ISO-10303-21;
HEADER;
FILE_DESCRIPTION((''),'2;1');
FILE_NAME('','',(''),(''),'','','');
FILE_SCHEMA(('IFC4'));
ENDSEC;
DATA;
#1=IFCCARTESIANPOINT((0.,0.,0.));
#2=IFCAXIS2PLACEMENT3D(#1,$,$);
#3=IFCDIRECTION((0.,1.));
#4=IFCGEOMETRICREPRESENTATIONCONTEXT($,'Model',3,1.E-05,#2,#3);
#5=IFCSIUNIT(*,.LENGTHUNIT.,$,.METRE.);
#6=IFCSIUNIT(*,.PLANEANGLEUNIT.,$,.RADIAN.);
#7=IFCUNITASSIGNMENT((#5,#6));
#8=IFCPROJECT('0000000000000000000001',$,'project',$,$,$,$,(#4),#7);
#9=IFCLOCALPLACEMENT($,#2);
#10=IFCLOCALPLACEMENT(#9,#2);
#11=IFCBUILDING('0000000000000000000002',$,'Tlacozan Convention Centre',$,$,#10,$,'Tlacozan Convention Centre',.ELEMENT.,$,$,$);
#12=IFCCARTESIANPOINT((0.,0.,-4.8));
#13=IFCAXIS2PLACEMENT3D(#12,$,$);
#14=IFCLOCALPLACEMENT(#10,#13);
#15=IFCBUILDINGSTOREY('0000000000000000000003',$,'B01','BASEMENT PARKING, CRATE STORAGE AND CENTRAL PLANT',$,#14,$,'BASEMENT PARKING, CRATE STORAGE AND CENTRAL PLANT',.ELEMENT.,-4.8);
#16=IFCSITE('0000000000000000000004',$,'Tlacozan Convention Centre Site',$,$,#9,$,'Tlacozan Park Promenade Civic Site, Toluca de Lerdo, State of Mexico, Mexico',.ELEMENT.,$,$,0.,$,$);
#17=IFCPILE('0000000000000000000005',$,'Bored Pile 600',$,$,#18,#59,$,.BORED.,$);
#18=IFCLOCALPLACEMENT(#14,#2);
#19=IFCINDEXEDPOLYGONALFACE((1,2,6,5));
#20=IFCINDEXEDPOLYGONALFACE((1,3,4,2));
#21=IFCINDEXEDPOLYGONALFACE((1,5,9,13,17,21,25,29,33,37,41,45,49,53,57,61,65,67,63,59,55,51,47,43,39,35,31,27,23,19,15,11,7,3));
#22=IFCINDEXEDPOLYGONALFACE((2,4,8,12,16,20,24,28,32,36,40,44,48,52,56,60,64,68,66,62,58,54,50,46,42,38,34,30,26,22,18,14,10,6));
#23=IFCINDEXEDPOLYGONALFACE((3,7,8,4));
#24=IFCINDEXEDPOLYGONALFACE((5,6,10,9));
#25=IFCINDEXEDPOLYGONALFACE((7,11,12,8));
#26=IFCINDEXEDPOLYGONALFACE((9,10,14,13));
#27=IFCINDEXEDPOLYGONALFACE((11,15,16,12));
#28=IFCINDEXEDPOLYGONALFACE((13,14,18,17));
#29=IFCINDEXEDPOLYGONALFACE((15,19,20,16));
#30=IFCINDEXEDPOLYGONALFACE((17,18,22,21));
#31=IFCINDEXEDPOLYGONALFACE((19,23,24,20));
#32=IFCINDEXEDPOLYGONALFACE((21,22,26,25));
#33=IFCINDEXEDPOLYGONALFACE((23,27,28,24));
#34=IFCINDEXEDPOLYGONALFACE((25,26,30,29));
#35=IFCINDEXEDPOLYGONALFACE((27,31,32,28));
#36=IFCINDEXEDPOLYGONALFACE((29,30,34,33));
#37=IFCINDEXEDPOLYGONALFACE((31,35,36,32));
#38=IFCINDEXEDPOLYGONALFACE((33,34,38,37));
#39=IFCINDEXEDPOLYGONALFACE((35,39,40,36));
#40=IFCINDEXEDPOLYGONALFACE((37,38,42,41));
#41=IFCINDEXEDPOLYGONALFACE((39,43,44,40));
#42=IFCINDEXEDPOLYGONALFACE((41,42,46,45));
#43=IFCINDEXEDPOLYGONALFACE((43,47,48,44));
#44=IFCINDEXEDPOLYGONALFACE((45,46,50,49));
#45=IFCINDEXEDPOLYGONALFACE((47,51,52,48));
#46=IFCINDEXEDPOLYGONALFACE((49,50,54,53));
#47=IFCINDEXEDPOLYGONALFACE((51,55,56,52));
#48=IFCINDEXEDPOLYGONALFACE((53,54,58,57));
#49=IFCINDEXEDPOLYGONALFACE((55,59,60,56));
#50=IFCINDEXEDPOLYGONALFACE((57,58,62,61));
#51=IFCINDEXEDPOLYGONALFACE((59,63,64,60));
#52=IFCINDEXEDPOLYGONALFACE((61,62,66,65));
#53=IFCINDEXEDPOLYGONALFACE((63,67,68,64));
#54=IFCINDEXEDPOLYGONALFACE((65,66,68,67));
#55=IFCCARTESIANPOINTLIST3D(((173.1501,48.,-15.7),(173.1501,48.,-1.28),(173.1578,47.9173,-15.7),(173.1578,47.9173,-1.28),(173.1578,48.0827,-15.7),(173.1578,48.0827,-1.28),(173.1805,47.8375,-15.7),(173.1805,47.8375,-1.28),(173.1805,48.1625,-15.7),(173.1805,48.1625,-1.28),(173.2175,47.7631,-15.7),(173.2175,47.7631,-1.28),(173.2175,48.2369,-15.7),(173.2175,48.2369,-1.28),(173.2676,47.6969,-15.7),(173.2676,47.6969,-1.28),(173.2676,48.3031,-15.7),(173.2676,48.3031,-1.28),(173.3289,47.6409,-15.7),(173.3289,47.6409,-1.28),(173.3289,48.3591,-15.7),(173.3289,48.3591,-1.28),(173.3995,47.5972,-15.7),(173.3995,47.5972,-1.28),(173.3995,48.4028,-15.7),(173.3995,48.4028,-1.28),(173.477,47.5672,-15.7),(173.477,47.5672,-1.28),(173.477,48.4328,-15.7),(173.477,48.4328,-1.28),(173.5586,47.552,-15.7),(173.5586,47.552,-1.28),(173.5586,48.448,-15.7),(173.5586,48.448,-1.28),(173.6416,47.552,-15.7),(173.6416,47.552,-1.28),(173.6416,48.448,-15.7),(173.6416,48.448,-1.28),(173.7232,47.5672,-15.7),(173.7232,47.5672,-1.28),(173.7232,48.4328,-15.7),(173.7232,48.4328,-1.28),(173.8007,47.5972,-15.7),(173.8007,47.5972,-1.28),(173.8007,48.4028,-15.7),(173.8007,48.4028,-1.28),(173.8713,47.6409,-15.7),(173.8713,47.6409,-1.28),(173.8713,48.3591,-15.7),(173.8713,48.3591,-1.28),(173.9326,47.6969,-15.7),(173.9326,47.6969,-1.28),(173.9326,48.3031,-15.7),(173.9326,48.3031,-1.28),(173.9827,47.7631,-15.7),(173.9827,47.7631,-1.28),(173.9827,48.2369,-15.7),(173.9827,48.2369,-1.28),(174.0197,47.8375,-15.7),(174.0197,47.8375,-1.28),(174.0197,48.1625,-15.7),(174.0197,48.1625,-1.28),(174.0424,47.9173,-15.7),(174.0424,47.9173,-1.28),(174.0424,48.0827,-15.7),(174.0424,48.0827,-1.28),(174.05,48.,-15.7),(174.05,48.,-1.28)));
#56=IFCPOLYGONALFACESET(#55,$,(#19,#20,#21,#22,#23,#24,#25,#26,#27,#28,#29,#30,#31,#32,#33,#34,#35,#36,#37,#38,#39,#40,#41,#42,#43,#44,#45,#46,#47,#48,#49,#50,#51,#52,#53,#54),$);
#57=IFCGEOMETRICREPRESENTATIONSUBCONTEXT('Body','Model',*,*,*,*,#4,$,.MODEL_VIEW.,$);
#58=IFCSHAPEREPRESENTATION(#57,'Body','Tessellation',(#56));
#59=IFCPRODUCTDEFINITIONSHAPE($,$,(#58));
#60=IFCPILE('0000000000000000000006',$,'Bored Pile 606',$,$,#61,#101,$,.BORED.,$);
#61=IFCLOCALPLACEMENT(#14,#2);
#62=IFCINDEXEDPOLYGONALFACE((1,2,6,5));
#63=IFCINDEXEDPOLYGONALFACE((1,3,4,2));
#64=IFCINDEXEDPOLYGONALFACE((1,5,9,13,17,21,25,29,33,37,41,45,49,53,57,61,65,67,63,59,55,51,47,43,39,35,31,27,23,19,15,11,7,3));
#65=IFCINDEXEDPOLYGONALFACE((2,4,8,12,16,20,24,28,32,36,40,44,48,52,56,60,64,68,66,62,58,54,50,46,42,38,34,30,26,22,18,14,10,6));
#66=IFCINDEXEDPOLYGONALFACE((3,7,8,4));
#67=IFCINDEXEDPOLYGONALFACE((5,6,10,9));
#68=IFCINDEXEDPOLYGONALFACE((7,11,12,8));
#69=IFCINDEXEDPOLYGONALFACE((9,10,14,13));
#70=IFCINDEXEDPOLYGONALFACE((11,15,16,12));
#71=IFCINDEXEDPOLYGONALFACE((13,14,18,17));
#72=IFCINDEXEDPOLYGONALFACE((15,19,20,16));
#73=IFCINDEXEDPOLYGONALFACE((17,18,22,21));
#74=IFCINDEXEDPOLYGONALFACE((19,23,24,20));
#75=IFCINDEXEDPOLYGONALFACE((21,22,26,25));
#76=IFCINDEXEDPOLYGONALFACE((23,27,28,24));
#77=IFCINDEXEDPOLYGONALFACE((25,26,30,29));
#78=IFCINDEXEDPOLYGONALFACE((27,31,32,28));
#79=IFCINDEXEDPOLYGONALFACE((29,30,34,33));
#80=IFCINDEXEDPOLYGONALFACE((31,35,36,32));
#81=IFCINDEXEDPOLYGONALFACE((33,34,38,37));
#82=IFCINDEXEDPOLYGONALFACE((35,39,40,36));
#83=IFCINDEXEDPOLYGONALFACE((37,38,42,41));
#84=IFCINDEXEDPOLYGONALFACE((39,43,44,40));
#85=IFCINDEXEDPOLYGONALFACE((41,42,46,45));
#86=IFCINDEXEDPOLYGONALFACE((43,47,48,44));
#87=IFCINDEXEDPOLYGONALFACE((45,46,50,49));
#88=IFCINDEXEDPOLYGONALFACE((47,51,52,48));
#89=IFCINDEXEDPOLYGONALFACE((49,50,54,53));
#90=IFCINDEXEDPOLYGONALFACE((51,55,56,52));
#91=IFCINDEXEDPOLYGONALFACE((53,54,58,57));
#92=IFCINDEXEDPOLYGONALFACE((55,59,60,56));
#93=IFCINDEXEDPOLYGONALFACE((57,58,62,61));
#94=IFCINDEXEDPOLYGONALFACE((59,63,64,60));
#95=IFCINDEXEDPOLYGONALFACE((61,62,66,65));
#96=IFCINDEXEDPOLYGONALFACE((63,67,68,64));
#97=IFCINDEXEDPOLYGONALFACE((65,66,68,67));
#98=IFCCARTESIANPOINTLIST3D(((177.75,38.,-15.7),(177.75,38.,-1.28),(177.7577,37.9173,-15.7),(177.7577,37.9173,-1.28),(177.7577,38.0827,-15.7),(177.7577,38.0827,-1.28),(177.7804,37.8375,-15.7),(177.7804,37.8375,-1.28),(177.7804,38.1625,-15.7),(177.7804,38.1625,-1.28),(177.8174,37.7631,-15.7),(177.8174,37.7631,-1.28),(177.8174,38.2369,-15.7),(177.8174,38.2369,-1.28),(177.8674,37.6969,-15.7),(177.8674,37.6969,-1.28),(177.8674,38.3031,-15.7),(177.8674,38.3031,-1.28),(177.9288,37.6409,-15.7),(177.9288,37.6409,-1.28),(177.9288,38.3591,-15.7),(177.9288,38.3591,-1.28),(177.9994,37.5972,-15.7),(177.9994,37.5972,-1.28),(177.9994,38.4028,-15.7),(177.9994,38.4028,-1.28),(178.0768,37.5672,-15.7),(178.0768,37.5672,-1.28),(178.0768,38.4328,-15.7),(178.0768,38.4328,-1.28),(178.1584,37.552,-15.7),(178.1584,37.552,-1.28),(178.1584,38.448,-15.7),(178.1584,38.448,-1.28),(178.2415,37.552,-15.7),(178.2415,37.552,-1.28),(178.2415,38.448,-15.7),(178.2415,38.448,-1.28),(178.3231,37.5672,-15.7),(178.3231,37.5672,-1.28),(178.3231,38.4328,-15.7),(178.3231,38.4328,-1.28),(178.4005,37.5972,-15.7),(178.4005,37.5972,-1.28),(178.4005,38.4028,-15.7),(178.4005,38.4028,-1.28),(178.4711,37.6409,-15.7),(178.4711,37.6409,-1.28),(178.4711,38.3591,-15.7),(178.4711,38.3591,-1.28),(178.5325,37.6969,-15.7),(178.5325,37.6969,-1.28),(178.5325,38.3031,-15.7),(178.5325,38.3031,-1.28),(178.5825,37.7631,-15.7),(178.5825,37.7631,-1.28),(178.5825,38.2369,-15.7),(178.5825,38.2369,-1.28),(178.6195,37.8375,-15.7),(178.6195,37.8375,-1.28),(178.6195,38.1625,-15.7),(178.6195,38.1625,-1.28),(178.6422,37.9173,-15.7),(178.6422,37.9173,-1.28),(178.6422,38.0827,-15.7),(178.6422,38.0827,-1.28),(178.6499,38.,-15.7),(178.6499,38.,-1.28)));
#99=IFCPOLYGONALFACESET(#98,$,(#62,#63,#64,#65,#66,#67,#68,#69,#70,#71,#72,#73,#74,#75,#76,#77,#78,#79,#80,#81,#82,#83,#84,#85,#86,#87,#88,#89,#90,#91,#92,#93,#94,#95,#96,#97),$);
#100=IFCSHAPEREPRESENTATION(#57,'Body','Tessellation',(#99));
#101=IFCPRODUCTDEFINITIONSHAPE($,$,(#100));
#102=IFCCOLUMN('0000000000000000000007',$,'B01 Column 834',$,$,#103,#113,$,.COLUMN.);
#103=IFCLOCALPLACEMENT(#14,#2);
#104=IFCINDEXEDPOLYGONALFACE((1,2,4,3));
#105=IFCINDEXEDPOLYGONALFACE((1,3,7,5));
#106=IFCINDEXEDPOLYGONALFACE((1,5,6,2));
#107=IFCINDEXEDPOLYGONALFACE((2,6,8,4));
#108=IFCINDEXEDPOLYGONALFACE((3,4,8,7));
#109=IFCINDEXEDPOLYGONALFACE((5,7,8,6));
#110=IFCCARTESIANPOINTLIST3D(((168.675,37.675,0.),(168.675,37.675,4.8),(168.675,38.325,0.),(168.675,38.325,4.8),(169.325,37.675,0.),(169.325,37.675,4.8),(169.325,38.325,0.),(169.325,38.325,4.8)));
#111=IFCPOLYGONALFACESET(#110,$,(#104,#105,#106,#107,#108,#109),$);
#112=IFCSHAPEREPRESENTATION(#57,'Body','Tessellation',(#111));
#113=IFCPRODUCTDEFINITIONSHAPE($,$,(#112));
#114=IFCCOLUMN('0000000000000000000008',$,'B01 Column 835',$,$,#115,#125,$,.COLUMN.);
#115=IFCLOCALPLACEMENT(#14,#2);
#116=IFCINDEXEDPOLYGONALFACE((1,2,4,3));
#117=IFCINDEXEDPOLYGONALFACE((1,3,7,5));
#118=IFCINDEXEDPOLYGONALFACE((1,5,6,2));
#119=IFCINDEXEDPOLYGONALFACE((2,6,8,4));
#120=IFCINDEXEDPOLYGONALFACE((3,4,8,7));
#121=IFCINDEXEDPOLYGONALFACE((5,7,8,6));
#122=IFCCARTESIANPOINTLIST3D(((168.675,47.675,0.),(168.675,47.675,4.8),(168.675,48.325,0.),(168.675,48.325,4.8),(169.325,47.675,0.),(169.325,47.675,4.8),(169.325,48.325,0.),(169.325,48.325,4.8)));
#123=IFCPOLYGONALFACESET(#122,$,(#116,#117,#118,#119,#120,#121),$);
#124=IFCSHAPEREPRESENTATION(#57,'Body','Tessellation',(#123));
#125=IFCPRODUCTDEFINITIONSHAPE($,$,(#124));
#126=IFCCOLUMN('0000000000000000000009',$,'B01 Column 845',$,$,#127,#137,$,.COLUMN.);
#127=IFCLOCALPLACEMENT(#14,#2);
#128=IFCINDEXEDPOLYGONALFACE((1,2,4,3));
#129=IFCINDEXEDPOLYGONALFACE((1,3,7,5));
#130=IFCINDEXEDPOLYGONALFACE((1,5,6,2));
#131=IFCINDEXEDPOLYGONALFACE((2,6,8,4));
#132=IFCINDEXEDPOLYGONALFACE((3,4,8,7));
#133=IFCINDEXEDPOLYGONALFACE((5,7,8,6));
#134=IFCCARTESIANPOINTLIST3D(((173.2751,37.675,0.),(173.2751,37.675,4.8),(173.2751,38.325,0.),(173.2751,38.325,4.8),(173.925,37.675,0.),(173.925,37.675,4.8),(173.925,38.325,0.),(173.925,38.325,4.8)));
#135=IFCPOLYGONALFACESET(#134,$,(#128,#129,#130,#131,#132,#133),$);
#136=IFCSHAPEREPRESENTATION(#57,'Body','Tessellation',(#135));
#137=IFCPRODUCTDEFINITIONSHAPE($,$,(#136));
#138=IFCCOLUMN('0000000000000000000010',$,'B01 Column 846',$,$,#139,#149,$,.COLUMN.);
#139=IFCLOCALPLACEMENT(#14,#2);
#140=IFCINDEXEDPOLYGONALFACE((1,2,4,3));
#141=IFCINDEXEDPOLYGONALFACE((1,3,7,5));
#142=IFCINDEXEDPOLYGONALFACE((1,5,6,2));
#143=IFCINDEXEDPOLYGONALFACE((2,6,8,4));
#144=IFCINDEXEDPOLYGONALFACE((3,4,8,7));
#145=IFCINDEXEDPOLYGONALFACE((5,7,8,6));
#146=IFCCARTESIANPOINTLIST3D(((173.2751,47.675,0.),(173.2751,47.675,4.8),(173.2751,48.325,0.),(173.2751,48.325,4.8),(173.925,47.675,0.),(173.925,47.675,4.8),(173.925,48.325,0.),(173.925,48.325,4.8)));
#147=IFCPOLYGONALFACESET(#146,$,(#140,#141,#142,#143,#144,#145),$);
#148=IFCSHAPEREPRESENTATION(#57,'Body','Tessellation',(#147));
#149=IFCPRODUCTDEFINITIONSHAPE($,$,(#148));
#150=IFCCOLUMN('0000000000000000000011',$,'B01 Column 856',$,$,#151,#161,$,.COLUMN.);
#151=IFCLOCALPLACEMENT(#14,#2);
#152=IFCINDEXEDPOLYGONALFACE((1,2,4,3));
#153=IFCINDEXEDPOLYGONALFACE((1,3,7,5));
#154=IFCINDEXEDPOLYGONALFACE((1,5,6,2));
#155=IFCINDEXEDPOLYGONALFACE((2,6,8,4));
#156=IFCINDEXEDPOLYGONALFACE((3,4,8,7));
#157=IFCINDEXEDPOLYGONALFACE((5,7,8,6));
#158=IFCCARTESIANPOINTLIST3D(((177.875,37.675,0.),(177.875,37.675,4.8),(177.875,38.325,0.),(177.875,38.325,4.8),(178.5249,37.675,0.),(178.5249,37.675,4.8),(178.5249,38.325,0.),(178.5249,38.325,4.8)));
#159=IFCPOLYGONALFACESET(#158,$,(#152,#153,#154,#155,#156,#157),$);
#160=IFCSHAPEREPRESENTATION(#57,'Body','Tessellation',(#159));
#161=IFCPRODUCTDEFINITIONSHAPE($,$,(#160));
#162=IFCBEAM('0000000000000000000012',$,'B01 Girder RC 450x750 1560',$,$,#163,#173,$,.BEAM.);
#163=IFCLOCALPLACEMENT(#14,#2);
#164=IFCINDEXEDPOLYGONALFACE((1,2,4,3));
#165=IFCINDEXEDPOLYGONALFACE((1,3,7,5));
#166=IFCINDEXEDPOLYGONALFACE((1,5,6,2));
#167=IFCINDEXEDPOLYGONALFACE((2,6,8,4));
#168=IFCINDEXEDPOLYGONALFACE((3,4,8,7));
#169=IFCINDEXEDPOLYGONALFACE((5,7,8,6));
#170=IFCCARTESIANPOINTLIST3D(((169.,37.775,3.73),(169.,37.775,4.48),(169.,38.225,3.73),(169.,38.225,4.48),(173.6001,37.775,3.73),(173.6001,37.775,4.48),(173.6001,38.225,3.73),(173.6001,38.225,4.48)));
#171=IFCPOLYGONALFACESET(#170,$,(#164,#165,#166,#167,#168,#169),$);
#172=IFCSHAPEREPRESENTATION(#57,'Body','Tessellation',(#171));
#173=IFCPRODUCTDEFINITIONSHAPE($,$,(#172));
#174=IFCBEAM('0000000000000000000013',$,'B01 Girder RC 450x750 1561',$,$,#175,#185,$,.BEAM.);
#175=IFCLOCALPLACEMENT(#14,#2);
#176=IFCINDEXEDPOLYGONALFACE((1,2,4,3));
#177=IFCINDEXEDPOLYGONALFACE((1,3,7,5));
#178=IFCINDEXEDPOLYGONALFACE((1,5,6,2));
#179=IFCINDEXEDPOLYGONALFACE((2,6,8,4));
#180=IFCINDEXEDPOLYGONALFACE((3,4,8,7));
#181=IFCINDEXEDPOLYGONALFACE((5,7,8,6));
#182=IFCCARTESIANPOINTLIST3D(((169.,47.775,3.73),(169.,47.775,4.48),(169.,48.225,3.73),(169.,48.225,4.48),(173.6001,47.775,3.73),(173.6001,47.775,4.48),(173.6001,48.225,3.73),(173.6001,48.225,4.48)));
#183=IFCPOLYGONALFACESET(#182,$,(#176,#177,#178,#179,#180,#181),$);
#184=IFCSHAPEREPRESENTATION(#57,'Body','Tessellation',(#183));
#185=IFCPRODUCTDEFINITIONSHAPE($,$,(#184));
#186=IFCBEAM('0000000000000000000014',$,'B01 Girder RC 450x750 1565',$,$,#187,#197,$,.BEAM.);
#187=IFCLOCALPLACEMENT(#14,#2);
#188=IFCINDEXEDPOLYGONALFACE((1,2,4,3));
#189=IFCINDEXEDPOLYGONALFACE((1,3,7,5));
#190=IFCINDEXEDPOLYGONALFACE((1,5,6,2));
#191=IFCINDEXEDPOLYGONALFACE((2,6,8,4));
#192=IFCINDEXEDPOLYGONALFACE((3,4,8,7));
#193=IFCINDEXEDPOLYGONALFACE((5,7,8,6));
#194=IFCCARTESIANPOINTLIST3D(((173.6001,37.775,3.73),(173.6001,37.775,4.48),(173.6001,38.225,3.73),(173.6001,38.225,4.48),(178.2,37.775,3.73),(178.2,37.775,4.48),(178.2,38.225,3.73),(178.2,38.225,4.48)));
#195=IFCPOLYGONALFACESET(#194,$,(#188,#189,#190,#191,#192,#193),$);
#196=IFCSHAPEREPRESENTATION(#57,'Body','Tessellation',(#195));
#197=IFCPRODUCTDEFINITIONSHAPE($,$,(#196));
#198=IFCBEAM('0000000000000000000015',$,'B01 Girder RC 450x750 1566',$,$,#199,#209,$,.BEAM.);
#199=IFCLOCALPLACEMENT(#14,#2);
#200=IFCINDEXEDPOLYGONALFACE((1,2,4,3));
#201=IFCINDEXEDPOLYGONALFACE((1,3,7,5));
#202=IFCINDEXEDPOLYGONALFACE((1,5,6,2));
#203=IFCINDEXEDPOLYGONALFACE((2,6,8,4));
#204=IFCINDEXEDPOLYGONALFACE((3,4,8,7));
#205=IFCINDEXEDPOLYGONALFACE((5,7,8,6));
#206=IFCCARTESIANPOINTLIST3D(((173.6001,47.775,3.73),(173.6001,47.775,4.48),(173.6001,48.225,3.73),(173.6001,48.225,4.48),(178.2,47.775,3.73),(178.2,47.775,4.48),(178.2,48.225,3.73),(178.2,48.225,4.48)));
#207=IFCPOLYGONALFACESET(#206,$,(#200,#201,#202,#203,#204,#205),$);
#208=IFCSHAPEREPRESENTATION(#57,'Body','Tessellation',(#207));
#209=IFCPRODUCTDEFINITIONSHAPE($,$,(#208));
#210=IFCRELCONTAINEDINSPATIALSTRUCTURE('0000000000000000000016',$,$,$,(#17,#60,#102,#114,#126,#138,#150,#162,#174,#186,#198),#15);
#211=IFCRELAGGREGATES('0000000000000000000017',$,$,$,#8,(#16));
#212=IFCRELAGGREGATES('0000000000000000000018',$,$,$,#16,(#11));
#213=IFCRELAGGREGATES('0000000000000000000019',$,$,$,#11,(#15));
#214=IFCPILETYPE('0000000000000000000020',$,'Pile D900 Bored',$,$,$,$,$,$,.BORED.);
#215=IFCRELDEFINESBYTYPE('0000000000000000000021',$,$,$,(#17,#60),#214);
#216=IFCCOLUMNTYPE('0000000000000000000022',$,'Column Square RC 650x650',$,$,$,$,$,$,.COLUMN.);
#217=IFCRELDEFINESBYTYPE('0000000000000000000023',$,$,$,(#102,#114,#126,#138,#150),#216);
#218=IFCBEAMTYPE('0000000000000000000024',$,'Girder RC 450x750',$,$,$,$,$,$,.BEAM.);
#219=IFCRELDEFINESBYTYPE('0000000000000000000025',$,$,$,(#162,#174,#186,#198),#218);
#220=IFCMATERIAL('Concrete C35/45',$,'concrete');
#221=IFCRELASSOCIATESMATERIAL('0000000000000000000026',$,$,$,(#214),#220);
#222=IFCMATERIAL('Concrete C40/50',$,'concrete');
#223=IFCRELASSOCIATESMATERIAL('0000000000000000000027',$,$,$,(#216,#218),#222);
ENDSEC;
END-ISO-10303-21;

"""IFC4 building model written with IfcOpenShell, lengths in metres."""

from ifc_helpers import new_model, si_unit, direction, frame, origin, origin_2d, place, context, subcontext, project, spatial, rectangle, circle, extrude, material, material_profile, profile_set, type_object, element, save


model = new_model("IFC4")

# Units and contexts
model_context = context("Model", 3, precision=1e-05, world=origin(), true_north=direction((0.0, 1.0)))
body_context = subcontext(model_context, "Body", "Model", "MODEL_VIEW")
ifc_project = project(units=[si_unit("LENGTHUNIT", "METRE"), si_unit("PLANEANGLEUNIT", "RADIAN")], contexts=[model_context])

# Site, building, storey
site_placement = place(None, origin())
site = spatial("IfcSite", under=ifc_project, at=site_placement, Name="Tlacozan Convention Centre Site", LongName="Tlacozan Park Promenade Civic Site, Toluca de Lerdo, State of Mexico, Mexico", CompositionType="ELEMENT", RefElevation=0.0)
building_placement = place(site_placement, origin())
building = spatial("IfcBuilding", under=site, at=building_placement, Name="Tlacozan Convention Centre", LongName="Tlacozan Convention Centre", CompositionType="ELEMENT")
storey_placement = place(building_placement, frame((0.0, 0.0, -4.8)))
storey = spatial("IfcBuildingStorey", under=building, at=storey_placement, Name="B01", Description="BASEMENT PARKING, CRATE STORAGE AND CENTRAL PLANT", LongName="BASEMENT PARKING, CRATE STORAGE AND CENTRAL PLANT", CompositionType="ELEMENT", Elevation=-4.8)

# Shared definitions
ifc_material_1 = material(Name="Concrete C35/45", Category="concrete")

# Piles
ifc_material_profile_1 = material_profile(ifc_material_1, circle(Radius=0.45, at=origin_2d()), Name="PILE D900")
ifc_profile_set_1 = profile_set([ifc_material_profile_1], Name="Concrete C35/45")
pile_type = type_object("IfcPileType", Name="Pile D900 Bored", PredefinedType="BORED", material=ifc_profile_set_1)
for number, where, z_axis, x_axis, name in (
    (1, (173.6001, 48.0, -1.28), (0.0, 0.0, -1.0), (1.0, 0.0, 0.0), "Bored Pile 600"),
    (2, (178.2, 38.0, -1.28), (0.0, 0.0, -1.0), (1.0, 0.0, 0.0), "Bored Pile 606"),
):
    element("IfcPile", number, at=place(storey_placement, frame(where, z_axis=z_axis, x_axis=x_axis)), inside=storey, type_object=pile_type, Name=name, PredefinedType="BORED", context=body_context, shape_type="SweptSolid", body=[
        extrude(circle(Radius=0.45, at=origin_2d()), origin(), (0.0, 0.0, 1.0), 14.4199),
    ])

# Columns
ifc_material_2 = material(Name="Concrete C40/50", Category="concrete")
ifc_material_profile_2 = material_profile(ifc_material_2, rectangle(XDim=0.6499, YDim=0.6499, at=origin_2d()), Name="RC 650x650")
ifc_profile_set_2 = profile_set([ifc_material_profile_2], Name="Concrete C40/50")
column_type = type_object("IfcColumnType", Name="Column Square RC 650x650", PredefinedType="COLUMN", material=ifc_profile_set_2)
for number, where, z_axis, x_axis, name in (
    (3, (169.0, 38.0, 0.0), (0.0, 0.0, 1.0), (1.0, 0.0, 0.0), "B01 Column 834"),
    (4, (169.0, 48.0, 0.0), (0.0, 0.0, 1.0), (1.0, 0.0, 0.0), "B01 Column 835"),
    (5, (173.6001, 38.0, 0.0), (0.0, 0.0, 1.0), (1.0, 0.0, 0.0), "B01 Column 845"),
    (6, (173.6001, 48.0, 0.0), (0.0, 0.0, 1.0), (1.0, 0.0, 0.0), "B01 Column 846"),
    (7, (178.2, 38.0, 0.0), (0.0, 0.0, 1.0), (1.0, 0.0, 0.0), "B01 Column 856"),
):
    element("IfcColumn", number, at=place(storey_placement, frame(where, z_axis=z_axis, x_axis=x_axis)), inside=storey, type_object=column_type, Name=name, PredefinedType="COLUMN", context=body_context, shape_type="SweptSolid", body=[
        extrude(rectangle(XDim=0.6499, YDim=0.6499, at=origin_2d()), origin(), (0.0, 0.0, 1.0), 4.8),
    ])

# Beams
ifc_material_profile_3 = material_profile(ifc_material_2, rectangle(XDim=0.45, YDim=0.75, at=origin_2d()), Name="RC 450x750")
ifc_profile_set_3 = profile_set([ifc_material_profile_3], Name="Concrete C40/50")
beam_type_1 = type_object("IfcBeamType", Name="Girder RC 450x750", PredefinedType="BEAM", material=ifc_profile_set_3)
for number, where, z_axis, x_axis, name in (
    (8, (169.0, 38.0, 4.105), (1.0, 0.0, 0.0), (0.0, 1.0, 0.0), "B01 Girder RC 450x750 1560"),
    (9, (169.0, 48.0, 4.105), (1.0, 0.0, 0.0), (0.0, 1.0, 0.0), "B01 Girder RC 450x750 1561"),
):
    element("IfcBeam", number, at=place(storey_placement, frame(where, z_axis=z_axis, x_axis=x_axis)), inside=storey, type_object=beam_type_1, Name=name, PredefinedType="BEAM", context=body_context, shape_type="SweptSolid", body=[
        extrude(rectangle(XDim=0.45, YDim=0.75, at=origin_2d()), origin(), (0.0, 0.0, 1.0), 4.6001),
    ])
for number, where, z_axis, x_axis, name in (
    (10, (173.6001, 38.0, 4.105), (1.0, 0.0, 0.0), (0.0, 1.0, 0.0), "B01 Girder RC 450x750 1565"),
    (11, (173.6001, 48.0, 4.105), (1.0, 0.0, 0.0), (0.0, 1.0, 0.0), "B01 Girder RC 450x750 1566"),
):
    element("IfcBeam", number, at=place(storey_placement, frame(where, z_axis=z_axis, x_axis=x_axis)), inside=storey, type_object=beam_type_1, Name=name, PredefinedType="BEAM", context=body_context, shape_type="SweptSolid", body=[
        extrude(rectangle(XDim=0.45, YDim=0.75, at=origin_2d()), origin(), (0.0, 0.0, 1.0), 4.5999),
    ])

save(model, "model.ifc")
